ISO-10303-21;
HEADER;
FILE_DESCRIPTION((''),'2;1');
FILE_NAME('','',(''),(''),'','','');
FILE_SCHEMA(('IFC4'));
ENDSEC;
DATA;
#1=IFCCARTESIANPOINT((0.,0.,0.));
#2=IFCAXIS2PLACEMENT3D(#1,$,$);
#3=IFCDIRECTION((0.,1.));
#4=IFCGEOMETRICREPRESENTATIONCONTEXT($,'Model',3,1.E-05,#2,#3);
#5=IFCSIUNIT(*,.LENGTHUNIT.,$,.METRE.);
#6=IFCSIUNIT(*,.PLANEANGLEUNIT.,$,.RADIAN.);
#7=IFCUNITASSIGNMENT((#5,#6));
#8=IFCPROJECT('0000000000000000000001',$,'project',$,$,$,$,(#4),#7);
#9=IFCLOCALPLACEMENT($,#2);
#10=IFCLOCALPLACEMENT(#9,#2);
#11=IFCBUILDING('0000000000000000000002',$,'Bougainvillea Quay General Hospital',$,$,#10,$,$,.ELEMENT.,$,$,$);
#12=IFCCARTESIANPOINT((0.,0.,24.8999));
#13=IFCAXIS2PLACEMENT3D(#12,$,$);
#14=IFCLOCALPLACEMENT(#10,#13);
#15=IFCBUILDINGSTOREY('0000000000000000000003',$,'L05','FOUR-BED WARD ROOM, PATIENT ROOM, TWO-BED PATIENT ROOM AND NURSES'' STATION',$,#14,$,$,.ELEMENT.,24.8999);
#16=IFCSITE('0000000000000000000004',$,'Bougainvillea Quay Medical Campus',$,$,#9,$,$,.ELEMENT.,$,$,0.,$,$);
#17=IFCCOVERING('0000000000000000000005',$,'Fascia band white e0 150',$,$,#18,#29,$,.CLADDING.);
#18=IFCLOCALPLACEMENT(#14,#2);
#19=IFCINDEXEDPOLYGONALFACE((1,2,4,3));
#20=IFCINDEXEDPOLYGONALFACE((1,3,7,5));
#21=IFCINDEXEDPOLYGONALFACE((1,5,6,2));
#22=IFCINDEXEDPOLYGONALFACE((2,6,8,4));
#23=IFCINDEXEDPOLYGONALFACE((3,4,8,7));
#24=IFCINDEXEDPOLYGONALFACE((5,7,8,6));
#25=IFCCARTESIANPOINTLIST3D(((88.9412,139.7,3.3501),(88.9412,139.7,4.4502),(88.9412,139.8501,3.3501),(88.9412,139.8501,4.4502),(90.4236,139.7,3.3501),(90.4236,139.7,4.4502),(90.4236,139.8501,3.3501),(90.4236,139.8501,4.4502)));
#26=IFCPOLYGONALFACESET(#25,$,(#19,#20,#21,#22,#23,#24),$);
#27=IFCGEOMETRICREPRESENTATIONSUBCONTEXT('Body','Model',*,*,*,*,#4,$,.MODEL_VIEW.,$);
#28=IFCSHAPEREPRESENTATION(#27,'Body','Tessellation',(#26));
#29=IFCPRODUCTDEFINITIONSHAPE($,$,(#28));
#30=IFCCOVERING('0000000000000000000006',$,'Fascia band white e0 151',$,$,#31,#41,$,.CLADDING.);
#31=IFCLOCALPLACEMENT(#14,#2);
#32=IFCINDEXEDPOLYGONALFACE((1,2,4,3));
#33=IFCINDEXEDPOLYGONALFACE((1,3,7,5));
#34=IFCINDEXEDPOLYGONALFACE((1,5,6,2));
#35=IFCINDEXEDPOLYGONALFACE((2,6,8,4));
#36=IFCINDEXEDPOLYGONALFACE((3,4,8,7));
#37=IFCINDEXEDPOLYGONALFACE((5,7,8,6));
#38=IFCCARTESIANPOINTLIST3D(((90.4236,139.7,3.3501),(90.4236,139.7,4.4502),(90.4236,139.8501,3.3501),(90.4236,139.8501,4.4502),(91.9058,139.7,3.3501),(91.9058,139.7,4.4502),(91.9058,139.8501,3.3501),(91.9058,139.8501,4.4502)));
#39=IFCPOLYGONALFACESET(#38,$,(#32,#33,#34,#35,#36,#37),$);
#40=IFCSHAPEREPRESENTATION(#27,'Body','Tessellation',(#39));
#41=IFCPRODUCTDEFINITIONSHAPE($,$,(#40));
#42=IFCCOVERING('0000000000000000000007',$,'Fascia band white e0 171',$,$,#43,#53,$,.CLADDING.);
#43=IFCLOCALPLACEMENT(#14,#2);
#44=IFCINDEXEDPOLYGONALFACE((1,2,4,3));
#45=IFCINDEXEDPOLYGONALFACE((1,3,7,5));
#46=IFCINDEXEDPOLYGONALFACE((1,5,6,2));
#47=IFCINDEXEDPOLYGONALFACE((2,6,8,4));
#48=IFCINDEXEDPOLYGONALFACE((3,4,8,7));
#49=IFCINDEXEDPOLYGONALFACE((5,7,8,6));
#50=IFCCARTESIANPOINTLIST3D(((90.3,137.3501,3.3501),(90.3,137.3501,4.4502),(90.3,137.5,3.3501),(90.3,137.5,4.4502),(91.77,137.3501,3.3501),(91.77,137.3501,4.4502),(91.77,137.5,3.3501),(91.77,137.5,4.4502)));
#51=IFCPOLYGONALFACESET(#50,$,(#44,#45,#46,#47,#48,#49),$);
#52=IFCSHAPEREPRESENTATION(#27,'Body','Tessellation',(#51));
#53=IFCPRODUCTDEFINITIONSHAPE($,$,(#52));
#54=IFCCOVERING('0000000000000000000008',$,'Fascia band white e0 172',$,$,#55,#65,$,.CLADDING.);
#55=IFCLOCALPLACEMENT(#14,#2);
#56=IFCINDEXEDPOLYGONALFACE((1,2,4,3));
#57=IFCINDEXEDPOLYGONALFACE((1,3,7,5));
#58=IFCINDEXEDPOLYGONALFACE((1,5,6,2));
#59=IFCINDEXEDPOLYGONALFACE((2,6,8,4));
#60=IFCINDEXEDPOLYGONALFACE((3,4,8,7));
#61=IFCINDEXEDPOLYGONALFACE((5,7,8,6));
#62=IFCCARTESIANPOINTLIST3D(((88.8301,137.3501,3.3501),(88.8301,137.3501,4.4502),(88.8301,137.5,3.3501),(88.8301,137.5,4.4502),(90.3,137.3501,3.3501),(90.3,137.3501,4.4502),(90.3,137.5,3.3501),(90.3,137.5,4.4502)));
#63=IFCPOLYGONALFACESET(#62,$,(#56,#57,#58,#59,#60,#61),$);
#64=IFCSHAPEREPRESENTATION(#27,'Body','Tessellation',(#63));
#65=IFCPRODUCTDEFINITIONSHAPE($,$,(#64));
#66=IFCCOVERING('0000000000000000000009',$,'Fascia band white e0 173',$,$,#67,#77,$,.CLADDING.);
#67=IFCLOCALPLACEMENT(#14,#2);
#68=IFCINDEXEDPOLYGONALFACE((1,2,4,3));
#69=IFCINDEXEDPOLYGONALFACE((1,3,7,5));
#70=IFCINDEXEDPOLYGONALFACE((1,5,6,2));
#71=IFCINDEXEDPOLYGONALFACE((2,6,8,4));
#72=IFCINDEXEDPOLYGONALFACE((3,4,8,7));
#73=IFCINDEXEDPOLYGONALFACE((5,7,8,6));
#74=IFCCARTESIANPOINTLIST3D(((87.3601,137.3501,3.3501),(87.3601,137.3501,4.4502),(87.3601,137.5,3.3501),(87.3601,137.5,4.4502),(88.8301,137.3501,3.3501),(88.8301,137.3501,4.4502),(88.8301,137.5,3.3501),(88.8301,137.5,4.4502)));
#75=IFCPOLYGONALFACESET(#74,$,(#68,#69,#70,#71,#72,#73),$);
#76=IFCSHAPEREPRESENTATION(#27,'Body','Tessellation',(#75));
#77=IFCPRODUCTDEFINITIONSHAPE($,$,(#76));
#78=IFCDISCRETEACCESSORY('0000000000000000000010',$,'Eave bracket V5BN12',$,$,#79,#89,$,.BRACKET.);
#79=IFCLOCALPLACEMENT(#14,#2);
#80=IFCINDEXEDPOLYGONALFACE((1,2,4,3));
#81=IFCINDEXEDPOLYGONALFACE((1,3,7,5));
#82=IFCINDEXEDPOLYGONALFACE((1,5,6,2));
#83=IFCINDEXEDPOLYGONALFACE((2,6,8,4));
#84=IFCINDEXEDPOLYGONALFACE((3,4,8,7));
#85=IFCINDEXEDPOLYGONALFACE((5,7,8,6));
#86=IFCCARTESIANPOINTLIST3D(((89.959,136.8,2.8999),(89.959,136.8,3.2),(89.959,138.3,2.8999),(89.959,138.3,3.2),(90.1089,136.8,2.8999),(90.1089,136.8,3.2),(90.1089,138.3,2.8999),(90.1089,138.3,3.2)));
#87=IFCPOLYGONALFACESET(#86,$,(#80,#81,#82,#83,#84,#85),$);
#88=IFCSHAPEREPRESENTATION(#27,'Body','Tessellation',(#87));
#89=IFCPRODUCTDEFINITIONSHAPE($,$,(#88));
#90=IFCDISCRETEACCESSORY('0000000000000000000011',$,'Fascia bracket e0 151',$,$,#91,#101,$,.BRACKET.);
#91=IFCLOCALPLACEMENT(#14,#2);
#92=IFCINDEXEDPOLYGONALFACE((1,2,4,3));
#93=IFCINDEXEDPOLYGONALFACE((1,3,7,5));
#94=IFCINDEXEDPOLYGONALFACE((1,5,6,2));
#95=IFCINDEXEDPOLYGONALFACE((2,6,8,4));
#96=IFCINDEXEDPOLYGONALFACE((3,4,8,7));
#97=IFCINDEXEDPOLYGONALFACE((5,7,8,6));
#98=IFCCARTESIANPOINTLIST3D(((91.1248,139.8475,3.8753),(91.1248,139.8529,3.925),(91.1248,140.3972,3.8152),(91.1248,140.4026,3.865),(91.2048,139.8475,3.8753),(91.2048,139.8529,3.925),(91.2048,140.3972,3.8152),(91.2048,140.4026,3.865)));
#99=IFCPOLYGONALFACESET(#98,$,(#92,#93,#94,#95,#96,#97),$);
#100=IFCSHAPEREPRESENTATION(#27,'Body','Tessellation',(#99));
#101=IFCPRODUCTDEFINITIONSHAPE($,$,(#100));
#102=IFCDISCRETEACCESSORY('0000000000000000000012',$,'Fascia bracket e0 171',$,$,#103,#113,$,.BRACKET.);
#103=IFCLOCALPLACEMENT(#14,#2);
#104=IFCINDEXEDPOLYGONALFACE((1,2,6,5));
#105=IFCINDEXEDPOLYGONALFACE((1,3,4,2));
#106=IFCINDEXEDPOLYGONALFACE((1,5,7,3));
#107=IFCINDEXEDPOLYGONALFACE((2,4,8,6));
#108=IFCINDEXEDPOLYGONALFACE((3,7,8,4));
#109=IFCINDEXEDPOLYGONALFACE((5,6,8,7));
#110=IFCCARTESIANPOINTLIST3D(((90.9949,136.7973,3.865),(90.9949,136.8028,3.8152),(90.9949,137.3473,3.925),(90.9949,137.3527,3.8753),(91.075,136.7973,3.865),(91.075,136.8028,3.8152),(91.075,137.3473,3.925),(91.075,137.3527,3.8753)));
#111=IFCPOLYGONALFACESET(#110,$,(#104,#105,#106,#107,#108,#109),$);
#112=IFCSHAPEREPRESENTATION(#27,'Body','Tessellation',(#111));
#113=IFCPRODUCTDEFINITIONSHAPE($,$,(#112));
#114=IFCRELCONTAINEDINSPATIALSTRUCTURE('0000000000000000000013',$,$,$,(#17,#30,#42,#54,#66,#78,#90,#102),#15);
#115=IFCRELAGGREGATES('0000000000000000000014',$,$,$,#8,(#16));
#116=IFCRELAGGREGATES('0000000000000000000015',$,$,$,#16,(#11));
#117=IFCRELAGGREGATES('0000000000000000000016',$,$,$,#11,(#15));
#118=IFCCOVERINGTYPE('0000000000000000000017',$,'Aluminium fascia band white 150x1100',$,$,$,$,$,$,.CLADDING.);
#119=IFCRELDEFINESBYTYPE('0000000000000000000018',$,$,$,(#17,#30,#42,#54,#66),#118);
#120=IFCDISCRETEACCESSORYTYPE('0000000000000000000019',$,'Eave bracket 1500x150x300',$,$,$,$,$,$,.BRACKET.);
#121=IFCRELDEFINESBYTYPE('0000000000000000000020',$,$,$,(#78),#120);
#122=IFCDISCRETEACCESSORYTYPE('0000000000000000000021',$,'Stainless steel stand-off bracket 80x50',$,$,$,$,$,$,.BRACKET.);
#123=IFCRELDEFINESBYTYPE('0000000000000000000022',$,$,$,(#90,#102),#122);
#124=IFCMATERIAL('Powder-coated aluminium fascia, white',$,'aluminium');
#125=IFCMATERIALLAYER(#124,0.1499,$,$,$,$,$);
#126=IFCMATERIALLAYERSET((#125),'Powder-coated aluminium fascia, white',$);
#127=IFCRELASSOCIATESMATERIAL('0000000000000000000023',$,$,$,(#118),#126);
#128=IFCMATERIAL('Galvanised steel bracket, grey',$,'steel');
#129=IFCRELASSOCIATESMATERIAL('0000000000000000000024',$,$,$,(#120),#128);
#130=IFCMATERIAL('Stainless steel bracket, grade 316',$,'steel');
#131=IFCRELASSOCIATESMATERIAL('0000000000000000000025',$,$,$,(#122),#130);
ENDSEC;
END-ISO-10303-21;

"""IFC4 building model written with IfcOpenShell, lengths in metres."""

from ifc_helpers import new_model, si_unit, direction, frame, origin, origin_2d, place, context, subcontext, project, spatial, polyline, rectangle, outline, extrude, material, layer, layer_set, material_profile, profile_set, type_object, element, save


model = new_model("IFC4")

# Units and contexts
model_context = context("Model", 3, precision=1e-05, world=origin(), true_north=direction((0.0, 1.0)))
body_context = subcontext(model_context, "Body", "Model", "MODEL_VIEW")
ifc_project = project(units=[si_unit("LENGTHUNIT", "METRE"), si_unit("PLANEANGLEUNIT", "RADIAN")], contexts=[model_context])

# Site, building, storey
site_placement = place(None, origin())
site = spatial("IfcSite", under=ifc_project, at=site_placement, Name="Bougainvillea Quay Medical Campus", CompositionType="ELEMENT", RefElevation=0.0)
building_placement = place(site_placement, origin())
building = spatial("IfcBuilding", under=site, at=building_placement, Name="Bougainvillea Quay General Hospital", CompositionType="ELEMENT")
storey_placement = place(building_placement, frame((0.0, 0.0, 24.8999)))
storey = spatial("IfcBuildingStorey", under=building, at=storey_placement, Name="L05", Description="FOUR-BED WARD ROOM, PATIENT ROOM, TWO-BED PATIENT ROOM AND NURSES' STATION", CompositionType="ELEMENT", Elevation=24.8999)

# Coverings
ifc_material_1 = material(Name="Powder-coated aluminium fascia, white", Category="aluminium")
ifc_layer_1 = layer(ifc_material_1, 0.1499)
ifc_layer_set_1 = layer_set([ifc_layer_1], Name="Powder-coated aluminium fascia, white")
covering_type = type_object("IfcCoveringType", Name="Aluminium fascia band white 150x1100", PredefinedType="CLADDING", material=ifc_layer_set_1)
covering_1_placement = place(storey_placement, frame((88.9412, 139.8501, 3.3501), z_axis=(0.0, 0.0, 1.0), x_axis=(1.0, 0.0, 0.0)))
element("IfcCovering", 1, at=covering_1_placement, inside=storey, type_object=covering_type, Name="Fascia band white e0 150", PredefinedType="CLADDING", context=body_context, shape_type="SweptSolid", body=[
    extrude(outline(polyline([(0.0, 0.0), (1.4824, 0.0), (1.4824, -0.1501), (0.0, -0.1501), (0.0, 0.0)])), origin(), (0.0, 0.0, 1.0), 1.1001),
])
covering_2_placement = place(storey_placement, frame((90.4236, 139.8501, 3.3501), z_axis=(0.0, 0.0, 1.0), x_axis=(1.0, 0.0, 0.0)))
element("IfcCovering", 2, at=covering_2_placement, inside=storey, type_object=covering_type, Name="Fascia band white e0 151", PredefinedType="CLADDING", context=body_context, shape_type="SweptSolid", body=[
    extrude(outline(polyline([(0.0, 0.0), (1.4822, 0.0), (1.4822, -0.1501), (0.0, -0.1501), (0.0, 0.0)])), origin(), (0.0, 0.0, 1.0), 1.1001),
])
for number, where, z_axis, x_axis, name in (
    (3, (91.77, 137.3501, 3.3501), (0.0, 0.0, 1.0), (-1.0, 0.0, 0.0), "Fascia band white e0 171"),
    (4, (90.3, 137.3501, 3.3501), (0.0, 0.0, 1.0), (-1.0, 0.0, 0.0), "Fascia band white e0 172"),
    (5, (88.8301, 137.3501, 3.3501), (0.0, 0.0, 1.0), (-1.0, 0.0, 0.0), "Fascia band white e0 173"),
):
    element("IfcCovering", number, at=place(storey_placement, frame(where, z_axis=z_axis, x_axis=x_axis)), inside=storey, type_object=covering_type, Name=name, PredefinedType="CLADDING", context=body_context, shape_type="SweptSolid", body=[
        extrude(outline(polyline([(0.0, 0.0), (1.47, 0.0), (1.47, -0.1499), (0.0, -0.1499), (0.0, 0.0)])), origin(), (0.0, 0.0, 1.0), 1.1001),
    ])

# Discrete accessories
ifc_material_2 = material(Name="Galvanised steel bracket, grey", Category="steel")
discrete_accessory_type_1 = type_object("IfcDiscreteAccessoryType", Name="Eave bracket 1500x150x300", PredefinedType="BRACKET", material=ifc_material_2)
discrete_accessory_1_placement = place(storey_placement, frame((90.0339, 137.55, 2.8999), z_axis=(0.0, 0.0, 1.0), x_axis=(1.0, 0.0, 0.0)))
element("IfcDiscreteAccessory", 6, at=discrete_accessory_1_placement, inside=storey, type_object=discrete_accessory_type_1, Name="Eave bracket V5BN12", PredefinedType="BRACKET", context=body_context, shape_type="SweptSolid", body=[
    extrude(rectangle(XDim=0.1499, YDim=1.5, at=origin_2d()), origin(), (0.0, 0.0, 1.0), 0.3),
])
ifc_material_3 = material(Name="Stainless steel bracket, grade 316", Category="steel")
ifc_material_profile_1 = material_profile(ifc_material_3, rectangle(XDim=0.0801, YDim=0.05, at=origin_2d()))
ifc_profile_set_1 = profile_set([ifc_material_profile_1], Name="Stainless steel bracket, grade 316")
discrete_accessory_type_2 = type_object("IfcDiscreteAccessoryType", Name="Stainless steel stand-off bracket 80x50", PredefinedType="BRACKET", material=ifc_profile_set_1)
discrete_accessory_2_placement = place(storey_placement, frame((91.1648, 140.3999, 3.8401), z_axis=(0.0, -0.994087, 0.10859), x_axis=(1.0, 0.0, 0.0)))
element("IfcDiscreteAccessory", 7, at=discrete_accessory_2_placement, inside=storey, type_object=discrete_accessory_type_2, Name="Fascia bracket e0 151", PredefinedType="BRACKET", context=body_context, shape_type="SweptSolid", body=[
    extrude(rectangle(XDim=0.0801, YDim=0.05, at=origin_2d()), origin(), (0.0, 0.0, 1.0), 0.553),
])
discrete_accessory_3_placement = place(storey_placement, frame((91.0349, 136.8, 3.8401), z_axis=(0.0, 0.994092, 0.108543), x_axis=(-1.0, 0.0, 0.0)))
element("IfcDiscreteAccessory", 8, at=discrete_accessory_3_placement, inside=storey, type_object=discrete_accessory_type_2, Name="Fascia bracket e0 171", PredefinedType="BRACKET", context=body_context, shape_type="SweptSolid", body=[
    extrude(rectangle(XDim=0.0801, YDim=0.05, at=origin_2d()), origin(), (0.0, 0.0, 1.0), 0.5532),
])

save(model, "model.ifc")
